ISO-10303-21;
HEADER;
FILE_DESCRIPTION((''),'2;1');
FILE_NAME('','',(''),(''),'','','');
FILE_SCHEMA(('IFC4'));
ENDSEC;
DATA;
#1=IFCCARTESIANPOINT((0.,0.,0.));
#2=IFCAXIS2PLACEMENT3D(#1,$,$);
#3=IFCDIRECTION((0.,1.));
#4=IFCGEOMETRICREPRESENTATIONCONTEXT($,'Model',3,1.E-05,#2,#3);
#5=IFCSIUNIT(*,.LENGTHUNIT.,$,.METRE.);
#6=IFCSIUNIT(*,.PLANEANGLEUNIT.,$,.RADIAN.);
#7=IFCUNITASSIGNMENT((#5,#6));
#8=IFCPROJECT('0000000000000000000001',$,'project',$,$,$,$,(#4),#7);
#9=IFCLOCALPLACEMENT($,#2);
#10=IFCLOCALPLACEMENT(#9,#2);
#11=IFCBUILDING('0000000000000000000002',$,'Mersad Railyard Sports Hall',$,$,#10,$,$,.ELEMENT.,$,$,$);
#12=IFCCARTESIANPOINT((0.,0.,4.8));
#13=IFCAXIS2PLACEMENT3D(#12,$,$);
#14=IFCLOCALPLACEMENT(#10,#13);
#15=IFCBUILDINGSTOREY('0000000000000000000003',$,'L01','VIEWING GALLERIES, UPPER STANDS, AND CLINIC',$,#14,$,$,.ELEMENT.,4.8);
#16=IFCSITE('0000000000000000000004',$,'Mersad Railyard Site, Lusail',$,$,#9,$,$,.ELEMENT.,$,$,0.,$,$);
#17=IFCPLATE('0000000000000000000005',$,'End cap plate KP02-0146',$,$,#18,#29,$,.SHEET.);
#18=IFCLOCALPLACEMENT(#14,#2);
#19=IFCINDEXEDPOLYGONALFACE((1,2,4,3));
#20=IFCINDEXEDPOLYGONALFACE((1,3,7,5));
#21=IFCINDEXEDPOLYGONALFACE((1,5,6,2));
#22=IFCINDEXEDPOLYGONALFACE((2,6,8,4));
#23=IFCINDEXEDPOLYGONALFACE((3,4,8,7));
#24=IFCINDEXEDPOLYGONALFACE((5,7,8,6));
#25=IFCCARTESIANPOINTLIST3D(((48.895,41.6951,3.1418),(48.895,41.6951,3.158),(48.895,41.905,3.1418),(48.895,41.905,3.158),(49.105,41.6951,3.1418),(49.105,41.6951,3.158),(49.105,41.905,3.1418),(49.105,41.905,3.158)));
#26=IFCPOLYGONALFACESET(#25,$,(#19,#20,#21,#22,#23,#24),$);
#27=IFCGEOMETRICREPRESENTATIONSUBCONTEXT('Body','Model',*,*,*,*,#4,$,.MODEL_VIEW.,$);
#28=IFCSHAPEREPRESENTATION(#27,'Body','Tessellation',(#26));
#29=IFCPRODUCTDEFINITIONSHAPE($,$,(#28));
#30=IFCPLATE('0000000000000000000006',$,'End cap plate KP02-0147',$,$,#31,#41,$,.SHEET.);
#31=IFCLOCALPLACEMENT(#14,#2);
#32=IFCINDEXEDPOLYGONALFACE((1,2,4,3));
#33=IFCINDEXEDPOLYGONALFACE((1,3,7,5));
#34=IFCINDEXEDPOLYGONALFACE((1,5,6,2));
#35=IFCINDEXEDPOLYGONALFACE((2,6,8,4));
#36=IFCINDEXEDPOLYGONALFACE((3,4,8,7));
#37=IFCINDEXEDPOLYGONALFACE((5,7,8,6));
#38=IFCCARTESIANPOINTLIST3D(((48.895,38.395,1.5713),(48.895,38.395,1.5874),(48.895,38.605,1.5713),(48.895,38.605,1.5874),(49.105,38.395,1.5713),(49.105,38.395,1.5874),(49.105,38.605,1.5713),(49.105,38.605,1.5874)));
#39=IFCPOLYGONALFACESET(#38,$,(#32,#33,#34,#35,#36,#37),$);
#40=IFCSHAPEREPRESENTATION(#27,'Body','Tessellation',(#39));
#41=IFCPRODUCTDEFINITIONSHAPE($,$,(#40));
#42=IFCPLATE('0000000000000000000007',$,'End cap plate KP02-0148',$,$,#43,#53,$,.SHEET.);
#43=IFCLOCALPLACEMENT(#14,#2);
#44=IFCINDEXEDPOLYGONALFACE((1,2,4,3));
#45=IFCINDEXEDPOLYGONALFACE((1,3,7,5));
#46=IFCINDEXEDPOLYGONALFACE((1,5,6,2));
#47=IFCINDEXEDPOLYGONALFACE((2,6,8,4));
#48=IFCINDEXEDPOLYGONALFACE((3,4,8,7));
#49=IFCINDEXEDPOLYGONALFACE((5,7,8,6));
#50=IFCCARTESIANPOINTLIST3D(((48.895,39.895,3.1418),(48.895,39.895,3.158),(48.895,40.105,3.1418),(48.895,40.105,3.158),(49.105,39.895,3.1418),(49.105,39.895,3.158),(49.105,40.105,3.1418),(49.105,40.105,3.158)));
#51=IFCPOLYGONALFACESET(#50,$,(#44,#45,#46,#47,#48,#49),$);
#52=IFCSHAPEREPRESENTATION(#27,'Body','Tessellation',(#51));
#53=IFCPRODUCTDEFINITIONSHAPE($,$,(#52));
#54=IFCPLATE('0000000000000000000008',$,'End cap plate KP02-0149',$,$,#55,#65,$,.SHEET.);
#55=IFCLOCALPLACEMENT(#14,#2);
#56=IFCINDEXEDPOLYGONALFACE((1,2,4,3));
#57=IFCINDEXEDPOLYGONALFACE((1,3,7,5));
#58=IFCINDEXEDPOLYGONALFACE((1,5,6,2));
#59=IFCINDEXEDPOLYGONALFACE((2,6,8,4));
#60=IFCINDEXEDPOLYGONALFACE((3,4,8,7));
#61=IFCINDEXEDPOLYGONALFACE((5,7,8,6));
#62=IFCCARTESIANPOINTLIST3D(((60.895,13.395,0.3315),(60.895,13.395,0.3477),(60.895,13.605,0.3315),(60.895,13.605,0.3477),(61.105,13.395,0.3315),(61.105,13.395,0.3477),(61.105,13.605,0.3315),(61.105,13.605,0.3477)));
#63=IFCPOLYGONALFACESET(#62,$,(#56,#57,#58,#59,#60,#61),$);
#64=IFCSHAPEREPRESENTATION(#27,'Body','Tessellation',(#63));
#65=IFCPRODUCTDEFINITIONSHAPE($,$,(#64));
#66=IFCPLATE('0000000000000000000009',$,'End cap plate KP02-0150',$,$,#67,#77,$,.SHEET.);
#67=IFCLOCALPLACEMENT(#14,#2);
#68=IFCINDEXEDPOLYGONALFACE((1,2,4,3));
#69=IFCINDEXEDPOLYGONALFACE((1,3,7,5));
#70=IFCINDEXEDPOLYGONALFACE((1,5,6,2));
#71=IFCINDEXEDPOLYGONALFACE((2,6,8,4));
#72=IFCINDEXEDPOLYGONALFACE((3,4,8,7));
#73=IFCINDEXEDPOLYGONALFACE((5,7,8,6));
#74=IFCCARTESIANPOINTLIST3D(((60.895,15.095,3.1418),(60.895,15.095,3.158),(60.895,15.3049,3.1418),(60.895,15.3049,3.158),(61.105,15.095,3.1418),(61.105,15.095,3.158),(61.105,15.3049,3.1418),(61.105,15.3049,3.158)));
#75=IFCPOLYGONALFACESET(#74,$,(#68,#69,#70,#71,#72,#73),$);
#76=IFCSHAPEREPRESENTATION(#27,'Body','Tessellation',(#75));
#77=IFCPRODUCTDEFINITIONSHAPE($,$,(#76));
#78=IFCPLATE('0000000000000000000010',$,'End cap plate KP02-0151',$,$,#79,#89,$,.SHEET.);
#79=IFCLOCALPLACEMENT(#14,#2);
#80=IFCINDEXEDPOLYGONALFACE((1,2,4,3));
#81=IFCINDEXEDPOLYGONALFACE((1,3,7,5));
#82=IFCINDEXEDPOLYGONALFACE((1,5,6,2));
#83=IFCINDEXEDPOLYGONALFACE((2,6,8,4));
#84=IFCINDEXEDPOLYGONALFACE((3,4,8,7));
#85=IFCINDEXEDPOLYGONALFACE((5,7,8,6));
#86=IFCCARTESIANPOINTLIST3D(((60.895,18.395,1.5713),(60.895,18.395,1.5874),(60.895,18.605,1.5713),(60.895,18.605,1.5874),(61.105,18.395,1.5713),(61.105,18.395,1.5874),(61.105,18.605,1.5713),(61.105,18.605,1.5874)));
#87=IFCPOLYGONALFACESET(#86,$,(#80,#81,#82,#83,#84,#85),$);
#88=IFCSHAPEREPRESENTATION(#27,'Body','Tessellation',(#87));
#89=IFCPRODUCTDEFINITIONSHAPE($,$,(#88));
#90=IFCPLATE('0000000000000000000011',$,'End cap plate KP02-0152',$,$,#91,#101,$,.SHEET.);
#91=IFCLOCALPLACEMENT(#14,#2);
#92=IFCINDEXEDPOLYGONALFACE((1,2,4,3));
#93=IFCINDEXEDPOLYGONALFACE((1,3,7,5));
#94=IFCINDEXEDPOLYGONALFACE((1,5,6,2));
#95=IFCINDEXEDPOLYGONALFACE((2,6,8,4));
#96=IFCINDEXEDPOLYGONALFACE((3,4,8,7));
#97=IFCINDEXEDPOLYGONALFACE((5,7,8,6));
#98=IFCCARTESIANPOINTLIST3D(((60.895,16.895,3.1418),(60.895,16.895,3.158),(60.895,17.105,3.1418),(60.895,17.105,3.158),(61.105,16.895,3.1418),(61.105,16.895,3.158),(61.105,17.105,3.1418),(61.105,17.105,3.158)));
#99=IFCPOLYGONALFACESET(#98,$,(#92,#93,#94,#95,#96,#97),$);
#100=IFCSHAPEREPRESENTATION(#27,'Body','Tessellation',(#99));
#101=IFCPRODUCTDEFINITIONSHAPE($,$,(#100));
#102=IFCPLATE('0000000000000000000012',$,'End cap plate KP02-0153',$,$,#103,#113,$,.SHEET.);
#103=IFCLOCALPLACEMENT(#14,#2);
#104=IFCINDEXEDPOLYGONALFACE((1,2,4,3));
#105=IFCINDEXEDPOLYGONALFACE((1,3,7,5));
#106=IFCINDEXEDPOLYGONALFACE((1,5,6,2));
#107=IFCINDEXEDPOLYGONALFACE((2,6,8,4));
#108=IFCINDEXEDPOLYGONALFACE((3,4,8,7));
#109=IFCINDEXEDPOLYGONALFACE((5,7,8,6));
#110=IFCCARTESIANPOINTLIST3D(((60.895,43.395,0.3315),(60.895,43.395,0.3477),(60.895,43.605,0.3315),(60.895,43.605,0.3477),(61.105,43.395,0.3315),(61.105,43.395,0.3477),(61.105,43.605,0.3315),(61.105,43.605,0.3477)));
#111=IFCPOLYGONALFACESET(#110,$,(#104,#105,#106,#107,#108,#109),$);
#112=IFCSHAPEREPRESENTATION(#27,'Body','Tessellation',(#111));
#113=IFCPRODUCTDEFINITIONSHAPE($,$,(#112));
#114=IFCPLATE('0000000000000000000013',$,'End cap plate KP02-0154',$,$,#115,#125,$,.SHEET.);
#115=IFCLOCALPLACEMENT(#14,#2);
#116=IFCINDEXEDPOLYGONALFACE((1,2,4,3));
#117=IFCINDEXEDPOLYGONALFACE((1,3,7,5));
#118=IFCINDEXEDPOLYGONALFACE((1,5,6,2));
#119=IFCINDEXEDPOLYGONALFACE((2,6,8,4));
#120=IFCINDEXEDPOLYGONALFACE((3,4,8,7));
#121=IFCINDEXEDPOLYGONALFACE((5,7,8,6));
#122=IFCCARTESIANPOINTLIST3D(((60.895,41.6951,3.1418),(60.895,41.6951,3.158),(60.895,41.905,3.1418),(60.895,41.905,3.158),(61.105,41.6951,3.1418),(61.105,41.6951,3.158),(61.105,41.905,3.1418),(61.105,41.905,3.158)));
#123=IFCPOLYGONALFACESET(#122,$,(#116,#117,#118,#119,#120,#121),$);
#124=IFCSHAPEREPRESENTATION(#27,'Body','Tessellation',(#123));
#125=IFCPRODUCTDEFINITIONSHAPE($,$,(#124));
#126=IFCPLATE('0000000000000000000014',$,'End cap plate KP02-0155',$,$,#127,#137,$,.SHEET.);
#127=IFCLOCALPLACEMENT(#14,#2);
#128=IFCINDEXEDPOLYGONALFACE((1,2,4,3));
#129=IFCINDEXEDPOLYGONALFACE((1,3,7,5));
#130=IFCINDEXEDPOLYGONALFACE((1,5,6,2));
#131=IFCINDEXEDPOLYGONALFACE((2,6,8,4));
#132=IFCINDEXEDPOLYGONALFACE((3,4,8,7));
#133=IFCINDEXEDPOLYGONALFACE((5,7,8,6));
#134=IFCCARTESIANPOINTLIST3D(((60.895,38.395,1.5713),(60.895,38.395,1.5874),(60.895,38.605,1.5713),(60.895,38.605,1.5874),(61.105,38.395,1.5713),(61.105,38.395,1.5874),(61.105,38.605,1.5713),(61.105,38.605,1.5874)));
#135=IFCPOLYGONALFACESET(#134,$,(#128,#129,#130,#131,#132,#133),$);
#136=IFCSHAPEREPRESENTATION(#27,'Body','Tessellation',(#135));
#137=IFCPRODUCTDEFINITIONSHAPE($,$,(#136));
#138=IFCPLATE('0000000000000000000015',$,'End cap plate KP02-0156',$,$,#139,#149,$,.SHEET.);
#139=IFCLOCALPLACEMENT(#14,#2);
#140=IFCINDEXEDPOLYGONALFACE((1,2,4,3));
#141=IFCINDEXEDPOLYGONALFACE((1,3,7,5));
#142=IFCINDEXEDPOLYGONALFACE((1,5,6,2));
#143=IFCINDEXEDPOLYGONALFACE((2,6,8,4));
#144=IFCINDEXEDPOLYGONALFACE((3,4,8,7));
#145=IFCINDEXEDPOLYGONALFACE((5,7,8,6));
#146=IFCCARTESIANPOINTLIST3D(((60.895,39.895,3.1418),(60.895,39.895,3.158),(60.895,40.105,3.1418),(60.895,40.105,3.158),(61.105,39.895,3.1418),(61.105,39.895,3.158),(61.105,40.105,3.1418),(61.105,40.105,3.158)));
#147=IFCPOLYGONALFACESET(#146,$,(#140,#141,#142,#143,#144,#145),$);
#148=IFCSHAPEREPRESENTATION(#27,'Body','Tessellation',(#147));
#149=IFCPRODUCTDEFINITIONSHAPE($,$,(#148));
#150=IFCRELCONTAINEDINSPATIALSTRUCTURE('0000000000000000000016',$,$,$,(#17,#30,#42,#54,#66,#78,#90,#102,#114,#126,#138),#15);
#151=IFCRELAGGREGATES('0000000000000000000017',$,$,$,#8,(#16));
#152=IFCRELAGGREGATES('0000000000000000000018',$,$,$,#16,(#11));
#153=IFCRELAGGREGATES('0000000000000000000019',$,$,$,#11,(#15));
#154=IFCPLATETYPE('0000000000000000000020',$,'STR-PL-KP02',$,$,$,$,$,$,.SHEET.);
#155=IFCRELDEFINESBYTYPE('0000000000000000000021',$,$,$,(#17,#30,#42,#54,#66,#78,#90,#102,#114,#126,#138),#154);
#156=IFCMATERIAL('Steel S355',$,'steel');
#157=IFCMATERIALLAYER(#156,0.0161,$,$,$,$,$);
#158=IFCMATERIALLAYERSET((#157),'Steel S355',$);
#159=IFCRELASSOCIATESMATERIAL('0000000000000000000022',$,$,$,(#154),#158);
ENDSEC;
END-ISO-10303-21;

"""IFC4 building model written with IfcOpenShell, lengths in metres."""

from ifc_helpers import new_model, si_unit, direction, frame, origin, origin_2d, place, context, subcontext, project, spatial, rectangle, extrude, material, layer, layer_set, type_object, element, save


model = new_model("IFC4")

# Units and contexts
model_context = context("Model", 3, precision=1e-05, world=origin(), true_north=direction((0.0, 1.0)))
body_context = subcontext(model_context, "Body", "Model", "MODEL_VIEW")
ifc_project = project(units=[si_unit("LENGTHUNIT", "METRE"), si_unit("PLANEANGLEUNIT", "RADIAN")], contexts=[model_context])

# Site, building, storey
site_placement = place(None, origin())
site = spatial("IfcSite", under=ifc_project, at=site_placement, Name="Mersad Railyard Site, Lusail", CompositionType="ELEMENT", RefElevation=0.0)
building_placement = place(site_placement, origin())
building = spatial("IfcBuilding", under=site, at=building_placement, Name="Mersad Railyard Sports Hall", CompositionType="ELEMENT")
storey_placement = place(building_placement, frame((0.0, 0.0, 4.8)))
storey = spatial("IfcBuildingStorey", under=building, at=storey_placement, Name="L01", Description="VIEWING GALLERIES, UPPER STANDS, AND CLINIC", CompositionType="ELEMENT", Elevation=4.8)

# Shared definitions
ifc_material_1 = material(Name="Steel S355", Category="steel")

# Plates
ifc_layer = layer(ifc_material_1, 0.0161)
ifc_layer_set = layer_set([ifc_layer], Name="Steel S355")
plate_type = type_object("IfcPlateType", Name="STR-PL-KP02", PredefinedType="SHEET", material=ifc_layer_set)
for number, where, z_axis, x_axis, name in (
    (1, (49.0, 41.8, 3.1418), (0.0, 0.0, 1.0), (1.0, 0.0, 0.0), "End cap plate KP02-0146"),
    (2, (49.0, 38.5, 1.5713), (0.0, 0.0, 1.0), (1.0, 0.0, 0.0), "End cap plate KP02-0147"),
    (3, (49.0, 40.0, 3.1418), (0.0, 0.0, 1.0), (1.0, 0.0, 0.0), "End cap plate KP02-0148"),
    (4, (61.0, 13.5, 0.3315), (0.0, 0.0, 1.0), (1.0, 0.0, 0.0), "End cap plate KP02-0149"),
    (5, (61.0, 15.2, 3.1418), (0.0, 0.0, 1.0), (1.0, 0.0, 0.0), "End cap plate KP02-0150"),
    (6, (61.0, 18.5, 1.5713), (0.0, 0.0, 1.0), (1.0, 0.0, 0.0), "End cap plate KP02-0151"),
    (7, (61.0, 17.0, 3.1418), (0.0, 0.0, 1.0), (1.0, 0.0, 0.0), "End cap plate KP02-0152"),
    (8, (61.0, 43.5, 0.3315), (0.0, 0.0, 1.0), (1.0, 0.0, 0.0), "End cap plate KP02-0153"),
    (9, (61.0, 41.8, 3.1418), (0.0, 0.0, 1.0), (1.0, 0.0, 0.0), "End cap plate KP02-0154"),
    (10, (61.0, 38.5, 1.5713), (0.0, 0.0, 1.0), (1.0, 0.0, 0.0), "End cap plate KP02-0155"),
    (11, (61.0, 40.0, 3.1418), (0.0, 0.0, 1.0), (1.0, 0.0, 0.0), "End cap plate KP02-0156"),
):
    element("IfcPlate", number, at=place(storey_placement, frame(where, z_axis=z_axis, x_axis=x_axis)), inside=storey, type_object=plate_type, Name=name, PredefinedType="SHEET", context=body_context, shape_type="SweptSolid", body=[
        extrude(rectangle(XDim=0.21, YDim=0.21, at=origin_2d()), origin(), (0.0, 0.0, 1.0), 0.0161),
    ])

save(model, "model.ifc")
